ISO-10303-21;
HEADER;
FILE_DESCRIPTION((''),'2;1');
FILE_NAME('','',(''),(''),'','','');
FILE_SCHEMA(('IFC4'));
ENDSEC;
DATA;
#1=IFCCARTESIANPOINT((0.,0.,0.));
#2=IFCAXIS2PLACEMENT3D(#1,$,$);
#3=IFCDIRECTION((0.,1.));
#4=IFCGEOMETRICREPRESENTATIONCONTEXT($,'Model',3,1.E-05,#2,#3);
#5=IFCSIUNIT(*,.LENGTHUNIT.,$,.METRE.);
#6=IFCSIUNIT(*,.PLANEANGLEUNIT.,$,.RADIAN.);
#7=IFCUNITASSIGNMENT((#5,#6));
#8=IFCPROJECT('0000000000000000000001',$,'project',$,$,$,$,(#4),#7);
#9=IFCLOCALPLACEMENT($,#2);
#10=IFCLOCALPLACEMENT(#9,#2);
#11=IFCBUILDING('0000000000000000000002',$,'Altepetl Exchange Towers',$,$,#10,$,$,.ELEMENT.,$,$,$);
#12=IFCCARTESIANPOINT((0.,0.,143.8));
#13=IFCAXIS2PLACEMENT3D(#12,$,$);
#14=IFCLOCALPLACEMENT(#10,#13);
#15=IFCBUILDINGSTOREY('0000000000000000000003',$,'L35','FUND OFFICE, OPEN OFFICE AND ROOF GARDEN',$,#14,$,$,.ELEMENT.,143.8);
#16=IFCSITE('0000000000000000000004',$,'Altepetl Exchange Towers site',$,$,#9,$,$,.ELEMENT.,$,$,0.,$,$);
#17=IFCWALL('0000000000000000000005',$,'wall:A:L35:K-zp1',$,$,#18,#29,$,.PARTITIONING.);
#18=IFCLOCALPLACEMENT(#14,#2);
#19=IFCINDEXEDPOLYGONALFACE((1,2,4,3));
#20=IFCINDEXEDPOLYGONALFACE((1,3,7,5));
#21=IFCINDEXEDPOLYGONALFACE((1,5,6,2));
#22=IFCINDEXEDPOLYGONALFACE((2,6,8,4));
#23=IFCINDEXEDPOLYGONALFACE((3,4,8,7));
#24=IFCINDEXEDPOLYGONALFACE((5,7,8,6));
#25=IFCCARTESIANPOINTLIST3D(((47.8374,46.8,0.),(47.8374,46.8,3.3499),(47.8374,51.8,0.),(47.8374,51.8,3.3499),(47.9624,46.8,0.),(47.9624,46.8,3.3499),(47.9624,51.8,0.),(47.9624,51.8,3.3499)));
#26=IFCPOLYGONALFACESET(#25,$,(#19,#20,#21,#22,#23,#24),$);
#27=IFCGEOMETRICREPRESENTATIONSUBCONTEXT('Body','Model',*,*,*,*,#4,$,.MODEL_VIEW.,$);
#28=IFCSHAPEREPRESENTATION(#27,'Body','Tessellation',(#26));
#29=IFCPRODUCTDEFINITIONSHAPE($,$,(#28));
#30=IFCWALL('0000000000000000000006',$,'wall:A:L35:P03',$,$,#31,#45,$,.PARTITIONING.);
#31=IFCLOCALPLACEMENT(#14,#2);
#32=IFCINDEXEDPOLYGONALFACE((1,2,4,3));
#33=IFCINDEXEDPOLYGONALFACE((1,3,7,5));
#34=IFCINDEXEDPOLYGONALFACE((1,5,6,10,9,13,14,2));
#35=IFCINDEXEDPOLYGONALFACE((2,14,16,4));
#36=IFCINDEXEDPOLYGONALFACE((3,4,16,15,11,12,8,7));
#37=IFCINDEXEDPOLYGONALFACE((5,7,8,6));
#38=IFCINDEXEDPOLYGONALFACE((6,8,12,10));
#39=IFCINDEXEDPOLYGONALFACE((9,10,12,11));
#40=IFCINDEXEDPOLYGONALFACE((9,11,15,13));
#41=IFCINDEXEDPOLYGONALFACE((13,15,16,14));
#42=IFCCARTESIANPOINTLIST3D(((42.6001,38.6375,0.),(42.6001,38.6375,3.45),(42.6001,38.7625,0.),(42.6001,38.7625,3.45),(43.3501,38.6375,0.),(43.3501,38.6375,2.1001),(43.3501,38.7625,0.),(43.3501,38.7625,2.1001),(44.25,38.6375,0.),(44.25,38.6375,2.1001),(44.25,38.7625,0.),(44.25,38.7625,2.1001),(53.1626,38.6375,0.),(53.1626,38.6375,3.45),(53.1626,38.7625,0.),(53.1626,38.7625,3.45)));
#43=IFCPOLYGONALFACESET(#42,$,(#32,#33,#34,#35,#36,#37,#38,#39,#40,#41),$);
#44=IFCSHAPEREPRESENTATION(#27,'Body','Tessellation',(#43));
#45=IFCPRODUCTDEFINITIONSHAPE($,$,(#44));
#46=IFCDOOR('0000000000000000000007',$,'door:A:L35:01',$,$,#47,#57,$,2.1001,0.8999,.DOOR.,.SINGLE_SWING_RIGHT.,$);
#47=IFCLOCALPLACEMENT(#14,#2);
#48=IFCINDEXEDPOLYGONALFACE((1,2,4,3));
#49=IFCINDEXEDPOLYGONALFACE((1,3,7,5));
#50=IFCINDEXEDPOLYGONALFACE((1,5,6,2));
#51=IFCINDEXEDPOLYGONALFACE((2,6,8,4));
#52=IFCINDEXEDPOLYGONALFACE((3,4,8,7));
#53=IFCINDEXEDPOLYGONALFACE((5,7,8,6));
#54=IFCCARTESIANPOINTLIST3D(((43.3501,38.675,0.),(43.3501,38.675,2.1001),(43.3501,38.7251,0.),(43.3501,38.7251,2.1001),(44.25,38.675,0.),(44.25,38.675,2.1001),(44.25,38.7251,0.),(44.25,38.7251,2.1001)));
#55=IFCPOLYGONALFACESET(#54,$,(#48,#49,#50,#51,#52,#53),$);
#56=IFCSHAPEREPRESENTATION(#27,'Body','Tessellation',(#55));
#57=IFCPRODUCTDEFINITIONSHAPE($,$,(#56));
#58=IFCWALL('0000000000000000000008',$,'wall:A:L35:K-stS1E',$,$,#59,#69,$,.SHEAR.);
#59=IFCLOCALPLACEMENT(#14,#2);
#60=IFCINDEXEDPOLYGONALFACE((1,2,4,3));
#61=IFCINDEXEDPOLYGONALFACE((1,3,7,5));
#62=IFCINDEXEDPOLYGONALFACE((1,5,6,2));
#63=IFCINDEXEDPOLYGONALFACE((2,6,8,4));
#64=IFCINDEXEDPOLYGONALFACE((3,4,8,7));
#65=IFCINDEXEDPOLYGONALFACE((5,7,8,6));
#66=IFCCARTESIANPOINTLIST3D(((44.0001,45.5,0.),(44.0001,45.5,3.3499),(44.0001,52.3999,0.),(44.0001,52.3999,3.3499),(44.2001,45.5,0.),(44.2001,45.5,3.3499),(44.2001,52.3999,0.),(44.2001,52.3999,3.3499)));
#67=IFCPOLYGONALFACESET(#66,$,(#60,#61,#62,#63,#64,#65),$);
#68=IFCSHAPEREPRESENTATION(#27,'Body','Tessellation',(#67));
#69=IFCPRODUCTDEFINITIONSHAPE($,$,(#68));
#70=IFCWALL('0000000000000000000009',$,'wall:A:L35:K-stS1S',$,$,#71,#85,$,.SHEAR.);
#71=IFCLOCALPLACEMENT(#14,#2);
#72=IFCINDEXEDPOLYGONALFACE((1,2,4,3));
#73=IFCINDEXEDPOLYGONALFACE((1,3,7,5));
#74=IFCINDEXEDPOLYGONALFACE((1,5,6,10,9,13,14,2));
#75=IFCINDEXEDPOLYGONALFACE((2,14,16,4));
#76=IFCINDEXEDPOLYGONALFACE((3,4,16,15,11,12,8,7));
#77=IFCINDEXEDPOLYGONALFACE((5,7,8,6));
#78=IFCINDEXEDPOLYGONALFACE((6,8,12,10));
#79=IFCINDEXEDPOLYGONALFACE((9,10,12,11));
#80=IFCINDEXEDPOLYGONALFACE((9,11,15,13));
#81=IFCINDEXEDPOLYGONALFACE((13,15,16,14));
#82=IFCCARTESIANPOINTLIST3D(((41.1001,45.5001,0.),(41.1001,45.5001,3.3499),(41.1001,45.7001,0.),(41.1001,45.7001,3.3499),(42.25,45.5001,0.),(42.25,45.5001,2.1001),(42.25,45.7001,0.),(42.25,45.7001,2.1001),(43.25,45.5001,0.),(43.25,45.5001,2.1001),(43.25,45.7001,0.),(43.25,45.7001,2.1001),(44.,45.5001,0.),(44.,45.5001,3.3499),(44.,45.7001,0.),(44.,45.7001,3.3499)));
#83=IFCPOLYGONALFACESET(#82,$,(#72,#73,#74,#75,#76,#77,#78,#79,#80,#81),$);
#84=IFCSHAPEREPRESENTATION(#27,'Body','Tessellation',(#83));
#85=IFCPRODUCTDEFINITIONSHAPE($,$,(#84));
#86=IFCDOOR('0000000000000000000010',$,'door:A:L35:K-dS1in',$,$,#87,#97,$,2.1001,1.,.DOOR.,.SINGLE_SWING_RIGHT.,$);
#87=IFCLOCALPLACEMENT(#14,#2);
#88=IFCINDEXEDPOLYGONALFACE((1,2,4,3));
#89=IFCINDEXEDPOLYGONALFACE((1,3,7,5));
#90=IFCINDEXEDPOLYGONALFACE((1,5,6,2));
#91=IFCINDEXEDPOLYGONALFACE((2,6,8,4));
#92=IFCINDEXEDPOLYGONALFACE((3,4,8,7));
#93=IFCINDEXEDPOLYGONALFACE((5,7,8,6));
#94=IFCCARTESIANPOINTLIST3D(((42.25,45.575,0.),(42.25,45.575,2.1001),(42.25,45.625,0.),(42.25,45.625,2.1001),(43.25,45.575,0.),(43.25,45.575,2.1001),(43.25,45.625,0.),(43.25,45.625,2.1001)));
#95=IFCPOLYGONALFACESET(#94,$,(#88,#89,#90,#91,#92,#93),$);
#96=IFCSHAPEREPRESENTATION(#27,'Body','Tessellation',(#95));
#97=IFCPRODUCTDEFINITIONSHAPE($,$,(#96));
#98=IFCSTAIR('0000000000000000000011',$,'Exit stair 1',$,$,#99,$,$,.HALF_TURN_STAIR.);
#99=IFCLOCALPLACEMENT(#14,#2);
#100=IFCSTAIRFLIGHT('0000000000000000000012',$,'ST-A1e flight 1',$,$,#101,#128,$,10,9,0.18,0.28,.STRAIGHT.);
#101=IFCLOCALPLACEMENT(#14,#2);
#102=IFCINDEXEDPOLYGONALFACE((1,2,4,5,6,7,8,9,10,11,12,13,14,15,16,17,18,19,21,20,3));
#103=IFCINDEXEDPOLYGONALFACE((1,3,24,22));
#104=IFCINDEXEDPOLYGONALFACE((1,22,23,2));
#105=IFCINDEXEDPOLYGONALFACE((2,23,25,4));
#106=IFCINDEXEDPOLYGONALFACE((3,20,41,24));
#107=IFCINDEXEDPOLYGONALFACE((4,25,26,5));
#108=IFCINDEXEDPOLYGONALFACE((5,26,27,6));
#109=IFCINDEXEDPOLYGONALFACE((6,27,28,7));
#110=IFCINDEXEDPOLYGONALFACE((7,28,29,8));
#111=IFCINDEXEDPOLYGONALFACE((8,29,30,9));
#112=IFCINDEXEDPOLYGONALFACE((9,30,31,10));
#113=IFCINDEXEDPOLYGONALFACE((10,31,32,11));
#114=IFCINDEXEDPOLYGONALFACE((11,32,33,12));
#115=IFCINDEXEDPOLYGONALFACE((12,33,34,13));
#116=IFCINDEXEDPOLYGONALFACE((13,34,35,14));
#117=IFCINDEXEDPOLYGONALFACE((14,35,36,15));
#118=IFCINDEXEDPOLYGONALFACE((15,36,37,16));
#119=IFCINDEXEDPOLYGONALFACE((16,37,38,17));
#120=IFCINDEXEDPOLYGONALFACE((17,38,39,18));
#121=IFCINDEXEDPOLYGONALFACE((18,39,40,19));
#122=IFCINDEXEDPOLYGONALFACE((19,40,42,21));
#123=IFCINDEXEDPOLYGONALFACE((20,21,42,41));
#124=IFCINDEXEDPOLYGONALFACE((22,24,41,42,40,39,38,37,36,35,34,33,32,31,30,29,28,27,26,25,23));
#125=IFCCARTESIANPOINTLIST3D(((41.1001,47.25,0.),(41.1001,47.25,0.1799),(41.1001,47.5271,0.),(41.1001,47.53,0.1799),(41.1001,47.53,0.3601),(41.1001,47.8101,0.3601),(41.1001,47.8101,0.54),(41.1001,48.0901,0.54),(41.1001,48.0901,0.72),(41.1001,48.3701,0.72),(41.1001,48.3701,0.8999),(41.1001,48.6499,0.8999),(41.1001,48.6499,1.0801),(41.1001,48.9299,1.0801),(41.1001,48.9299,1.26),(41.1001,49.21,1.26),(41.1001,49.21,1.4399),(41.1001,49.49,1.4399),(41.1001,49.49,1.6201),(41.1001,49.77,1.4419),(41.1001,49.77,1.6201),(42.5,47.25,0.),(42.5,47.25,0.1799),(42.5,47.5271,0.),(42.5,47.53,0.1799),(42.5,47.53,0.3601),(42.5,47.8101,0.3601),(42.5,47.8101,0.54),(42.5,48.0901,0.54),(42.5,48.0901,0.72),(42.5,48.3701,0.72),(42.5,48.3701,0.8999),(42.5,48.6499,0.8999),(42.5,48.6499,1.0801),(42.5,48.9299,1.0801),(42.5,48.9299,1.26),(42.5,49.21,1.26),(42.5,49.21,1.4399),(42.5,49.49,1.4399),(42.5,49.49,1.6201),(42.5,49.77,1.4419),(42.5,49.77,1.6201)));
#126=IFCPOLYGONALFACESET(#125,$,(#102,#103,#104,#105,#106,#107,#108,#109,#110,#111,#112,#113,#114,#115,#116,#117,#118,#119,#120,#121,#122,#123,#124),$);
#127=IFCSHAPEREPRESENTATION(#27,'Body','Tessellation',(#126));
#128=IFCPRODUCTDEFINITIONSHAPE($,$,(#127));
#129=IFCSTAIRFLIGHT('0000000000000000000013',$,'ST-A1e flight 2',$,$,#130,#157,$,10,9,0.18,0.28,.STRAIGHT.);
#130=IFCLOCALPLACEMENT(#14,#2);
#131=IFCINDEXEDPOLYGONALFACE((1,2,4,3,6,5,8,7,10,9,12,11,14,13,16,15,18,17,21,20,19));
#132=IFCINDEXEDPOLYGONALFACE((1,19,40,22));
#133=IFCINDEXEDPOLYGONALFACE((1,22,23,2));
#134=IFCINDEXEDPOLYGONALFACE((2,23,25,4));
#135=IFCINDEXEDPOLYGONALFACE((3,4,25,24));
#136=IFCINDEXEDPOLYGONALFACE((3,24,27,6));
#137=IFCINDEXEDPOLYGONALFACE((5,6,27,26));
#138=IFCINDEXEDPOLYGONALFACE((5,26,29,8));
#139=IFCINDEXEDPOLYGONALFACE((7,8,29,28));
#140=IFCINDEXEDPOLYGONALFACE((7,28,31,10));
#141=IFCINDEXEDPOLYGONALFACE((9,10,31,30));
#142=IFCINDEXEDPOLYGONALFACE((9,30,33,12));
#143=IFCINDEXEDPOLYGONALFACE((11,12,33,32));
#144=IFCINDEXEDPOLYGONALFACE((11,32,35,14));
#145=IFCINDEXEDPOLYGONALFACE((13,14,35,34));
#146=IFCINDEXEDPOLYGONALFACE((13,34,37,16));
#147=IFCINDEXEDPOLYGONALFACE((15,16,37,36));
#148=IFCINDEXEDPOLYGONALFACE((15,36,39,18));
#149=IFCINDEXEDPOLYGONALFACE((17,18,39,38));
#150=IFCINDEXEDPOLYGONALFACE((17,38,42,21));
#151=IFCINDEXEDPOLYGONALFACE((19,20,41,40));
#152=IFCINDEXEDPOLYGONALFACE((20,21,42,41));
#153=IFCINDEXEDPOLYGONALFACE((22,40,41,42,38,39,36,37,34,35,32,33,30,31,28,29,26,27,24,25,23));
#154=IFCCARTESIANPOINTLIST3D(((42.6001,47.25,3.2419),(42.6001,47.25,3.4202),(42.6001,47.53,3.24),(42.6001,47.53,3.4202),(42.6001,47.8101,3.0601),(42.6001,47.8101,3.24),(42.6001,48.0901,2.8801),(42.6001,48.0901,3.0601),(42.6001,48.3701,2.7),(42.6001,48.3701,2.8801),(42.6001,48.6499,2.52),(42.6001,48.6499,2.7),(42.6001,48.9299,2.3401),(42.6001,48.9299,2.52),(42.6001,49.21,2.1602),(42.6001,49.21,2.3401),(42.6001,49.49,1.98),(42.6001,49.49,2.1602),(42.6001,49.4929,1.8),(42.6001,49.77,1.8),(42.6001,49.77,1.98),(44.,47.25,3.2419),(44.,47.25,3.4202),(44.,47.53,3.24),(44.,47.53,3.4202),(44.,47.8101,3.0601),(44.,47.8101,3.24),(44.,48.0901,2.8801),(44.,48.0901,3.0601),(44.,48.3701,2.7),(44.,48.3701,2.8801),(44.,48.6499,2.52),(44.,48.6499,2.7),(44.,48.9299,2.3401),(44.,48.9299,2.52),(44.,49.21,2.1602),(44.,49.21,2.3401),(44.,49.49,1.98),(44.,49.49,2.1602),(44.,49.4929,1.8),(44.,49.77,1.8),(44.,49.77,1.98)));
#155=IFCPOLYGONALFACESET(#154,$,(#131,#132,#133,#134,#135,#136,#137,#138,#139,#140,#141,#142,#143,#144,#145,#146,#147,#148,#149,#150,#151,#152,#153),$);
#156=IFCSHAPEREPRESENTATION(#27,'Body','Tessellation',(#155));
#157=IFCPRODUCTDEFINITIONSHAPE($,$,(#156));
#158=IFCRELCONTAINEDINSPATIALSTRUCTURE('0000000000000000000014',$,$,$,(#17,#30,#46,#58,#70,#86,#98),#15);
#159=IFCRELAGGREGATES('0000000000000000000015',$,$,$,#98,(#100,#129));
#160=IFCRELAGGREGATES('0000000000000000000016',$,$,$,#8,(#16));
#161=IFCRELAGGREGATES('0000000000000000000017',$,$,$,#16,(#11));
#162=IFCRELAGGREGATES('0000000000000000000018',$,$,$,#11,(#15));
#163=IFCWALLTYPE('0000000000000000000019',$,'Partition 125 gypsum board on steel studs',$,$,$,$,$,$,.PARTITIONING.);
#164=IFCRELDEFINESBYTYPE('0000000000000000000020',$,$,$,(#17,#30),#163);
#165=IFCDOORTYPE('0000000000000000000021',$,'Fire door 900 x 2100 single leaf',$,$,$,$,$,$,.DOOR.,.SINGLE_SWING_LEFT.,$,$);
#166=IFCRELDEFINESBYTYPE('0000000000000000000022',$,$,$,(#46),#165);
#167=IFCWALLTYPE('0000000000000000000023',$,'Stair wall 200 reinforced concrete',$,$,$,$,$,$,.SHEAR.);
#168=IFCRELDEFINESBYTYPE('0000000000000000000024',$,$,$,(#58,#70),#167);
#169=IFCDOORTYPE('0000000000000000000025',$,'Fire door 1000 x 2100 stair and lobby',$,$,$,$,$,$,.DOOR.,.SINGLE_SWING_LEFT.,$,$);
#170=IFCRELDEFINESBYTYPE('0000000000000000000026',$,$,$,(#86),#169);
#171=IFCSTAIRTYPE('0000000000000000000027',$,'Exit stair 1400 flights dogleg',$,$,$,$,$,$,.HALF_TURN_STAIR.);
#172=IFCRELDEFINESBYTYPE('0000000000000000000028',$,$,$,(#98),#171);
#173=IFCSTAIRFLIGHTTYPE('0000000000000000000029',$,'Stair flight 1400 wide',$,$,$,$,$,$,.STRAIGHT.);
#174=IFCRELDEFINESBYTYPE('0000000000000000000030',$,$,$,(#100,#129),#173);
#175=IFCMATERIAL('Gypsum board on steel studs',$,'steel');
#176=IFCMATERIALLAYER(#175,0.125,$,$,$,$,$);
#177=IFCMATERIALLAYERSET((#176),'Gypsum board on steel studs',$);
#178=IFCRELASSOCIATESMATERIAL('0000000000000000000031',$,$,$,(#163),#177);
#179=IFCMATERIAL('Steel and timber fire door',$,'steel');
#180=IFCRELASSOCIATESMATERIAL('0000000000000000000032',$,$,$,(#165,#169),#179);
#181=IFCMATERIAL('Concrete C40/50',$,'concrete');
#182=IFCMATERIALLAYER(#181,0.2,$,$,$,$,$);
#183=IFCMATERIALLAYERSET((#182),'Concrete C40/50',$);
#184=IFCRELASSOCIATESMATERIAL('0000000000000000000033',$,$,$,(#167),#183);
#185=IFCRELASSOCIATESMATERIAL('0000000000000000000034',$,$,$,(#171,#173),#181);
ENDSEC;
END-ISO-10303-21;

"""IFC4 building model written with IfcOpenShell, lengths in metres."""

from ifc_helpers import new_model, si_unit, direction, frame, frame_2d, origin, place, context, subcontext, project, spatial, polyline, rectangle, outline, extrude, material, layer, layer_set, type_object, element, fill, aggregate, save


model = new_model("IFC4")

# Units and contexts
model_context = context("Model", 3, precision=1e-05, world=origin(), true_north=direction((0.0, 1.0)))
body_context = subcontext(model_context, "Body", "Model", "MODEL_VIEW")
ifc_project = project(units=[si_unit("LENGTHUNIT", "METRE"), si_unit("PLANEANGLEUNIT", "RADIAN")], contexts=[model_context])

# Site, building, storey
site_placement = place(None, origin())
site = spatial("IfcSite", under=ifc_project, at=site_placement, Name="Altepetl Exchange Towers site", CompositionType="ELEMENT", RefElevation=0.0)
building_placement = place(site_placement, origin())
building = spatial("IfcBuilding", under=site, at=building_placement, Name="Altepetl Exchange Towers", CompositionType="ELEMENT")
storey_placement = place(building_placement, frame((0.0, 0.0, 143.8)))
storey = spatial("IfcBuildingStorey", under=building, at=storey_placement, Name="L35", Description="FUND OFFICE, OPEN OFFICE AND ROOF GARDEN", CompositionType="ELEMENT", Elevation=143.8)

# Shared definitions
ifc_material_1 = material(Name="Steel and timber fire door", Category="steel")

# Wall
ifc_material_2 = material(Name="Gypsum board on steel studs", Category="steel")
ifc_layer_1 = layer(ifc_material_2, 0.125)
ifc_layer_set_1 = layer_set([ifc_layer_1], Name="Gypsum board on steel studs")
wall_type_1 = type_object("IfcWallType", Name="Partition 125 gypsum board on steel studs", PredefinedType="PARTITIONING", material=ifc_layer_set_1)
wall_1_placement = place(storey_placement, frame((47.8999, 46.8, 0.0), z_axis=(0.0, 0.0, 1.0), x_axis=(0.0, 1.0, 0.0)))
element("IfcWall", 1, at=wall_1_placement, inside=storey, type_object=wall_type_1, Name="wall:A:L35:K-zp1", PredefinedType="PARTITIONING", context=body_context, shape_type="SweptSolid", body=[
    extrude(rectangle(XDim=5.0, YDim=0.125, at=frame_2d((2.5, 0.0))), origin(), (0.0, 0.0, 1.0), 3.3499),
])

# Wall, opening, door
wall_2_placement = place(storey_placement, frame((42.6001, 38.7, 0.0)))
wall_2 = element("IfcWall", 2, at=wall_2_placement, inside=storey, type_object=wall_type_1, Name="wall:A:L35:P03", PredefinedType="PARTITIONING", context=body_context, shape_type="SweptSolid", body=[
    extrude(rectangle(XDim=10.5625, YDim=0.125, at=frame_2d((5.2812, 0.0))), origin(), (0.0, 0.0, 1.0), 3.45),
])
opening_1_placement = place(wall_2_placement, frame((0.75, 0.0, 0.0)))
opening_1 = element("IfcOpeningElement", 3, at=opening_1_placement, cuts=wall_2, PredefinedType="OPENING", context=body_context, shape_type="SweptSolid", body=[
    extrude(rectangle(XDim=0.8999, YDim=2.1001, at=frame_2d((0.45, 1.05))), frame((0.0, 0.0725, 0.0), z_axis=(0.0, -1.0, 0.0), x_axis=(1.0, 0.0, 0.0)), (0.0, 0.0, 1.0), 0.145),
])
door_type_1 = type_object("IfcDoorType", Name="Fire door 900 x 2100 single leaf", OperationType="SINGLE_SWING_LEFT", PredefinedType="DOOR", material=ifc_material_1)
door_1_placement = place(opening_1_placement, frame((0.8999, 0.0, 0.0), x_axis=(-1.0, 0.0, 0.0)))
door_1 = element("IfcDoor", 4, at=door_1_placement, inside=storey, type_object=door_type_1, Name="door:A:L35:01", OperationType="SINGLE_SWING_RIGHT", OverallHeight=2.1001, OverallWidth=0.8999, PredefinedType="DOOR", context=body_context, shape_type="SweptSolid", body=[
    extrude(rectangle(XDim=0.8999, YDim=2.1001, at=frame_2d((0.45, 1.05))), frame((0.0, 0.0249, 0.0), z_axis=(0.0, -1.0, 0.0), x_axis=(1.0, 0.0, 0.0)), (0.0, 0.0, 1.0), 0.05),
])
fill(opening_1, door_1)

# Wall
ifc_material_3 = material(Name="Concrete C40/50", Category="concrete")
ifc_layer_2 = layer(ifc_material_3, 0.2)
ifc_layer_set_2 = layer_set([ifc_layer_2], Name="Concrete C40/50")
wall_type_2 = type_object("IfcWallType", Name="Stair wall 200 reinforced concrete", PredefinedType="SHEAR", material=ifc_layer_set_2)
wall_3_placement = place(storey_placement, frame((44.1001, 45.5, 0.0), z_axis=(0.0, 0.0, 1.0), x_axis=(0.0, 1.0, 0.0)))
element("IfcWall", 5, at=wall_3_placement, inside=storey, type_object=wall_type_2, Name="wall:A:L35:K-stS1E", PredefinedType="SHEAR", context=body_context, shape_type="SweptSolid", body=[
    extrude(rectangle(XDim=6.8999, YDim=0.2, at=frame_2d((3.45, 0.0))), origin(), (0.0, 0.0, 1.0), 3.3499),
])

# Wall, opening, door
wall_4_placement = place(storey_placement, frame((41.1001, 45.6001, 0.0)))
wall_4 = element("IfcWall", 6, at=wall_4_placement, inside=storey, type_object=wall_type_2, Name="wall:A:L35:K-stS1S", PredefinedType="SHEAR", context=body_context, shape_type="SweptSolid", body=[
    extrude(rectangle(XDim=2.8999, YDim=0.2, at=frame_2d((1.45, 0.0))), origin(), (0.0, 0.0, 1.0), 3.3499),
])
opening_2_placement = place(wall_4_placement, frame((1.1499, 0.0, 0.0)))
opening_2 = element("IfcOpeningElement", 7, at=opening_2_placement, cuts=wall_4, PredefinedType="OPENING", context=body_context, shape_type="SweptSolid", body=[
    extrude(rectangle(XDim=1.0, YDim=2.1001, at=frame_2d((0.5, 1.05))), frame((0.0, 0.1099, 0.0), z_axis=(0.0, -1.0, 0.0), x_axis=(1.0, 0.0, 0.0)), (0.0, 0.0, 1.0), 0.22),
])
door_type_2 = type_object("IfcDoorType", Name="Fire door 1000 x 2100 stair and lobby", OperationType="SINGLE_SWING_LEFT", PredefinedType="DOOR", material=ifc_material_1)
door_2_placement = place(opening_2_placement, origin())
door_2 = element("IfcDoor", 8, at=door_2_placement, inside=storey, type_object=door_type_2, Name="door:A:L35:K-dS1in", OperationType="SINGLE_SWING_RIGHT", OverallHeight=2.1001, OverallWidth=1.0, PredefinedType="DOOR", context=body_context, shape_type="SweptSolid", body=[
    extrude(rectangle(XDim=1.0, YDim=2.1001, at=frame_2d((0.5, 1.05))), frame((0.0, 0.0249, 0.0), z_axis=(0.0, -1.0, 0.0), x_axis=(1.0, 0.0, 0.0)), (0.0, 0.0, 1.0), 0.05),
])
fill(opening_2, door_2)

# Stair, stair flights
stair_type = type_object("IfcStairType", Name="Exit stair 1400 flights dogleg", PredefinedType="HALF_TURN_STAIR", material=ifc_material_3)
stair_placement = place(storey_placement, origin())
stair = element("IfcStair", 9, at=stair_placement, inside=storey, type_object=stair_type, Name="Exit stair 1", PredefinedType="HALF_TURN_STAIR")
stair_flight_type = type_object("IfcStairFlightType", Name="Stair flight 1400 wide", PredefinedType="STRAIGHT", material=ifc_material_3)
stair_flight_1_placement = place(storey_placement, frame((41.8, 47.25, 0.0), z_axis=(0.0, 0.0, 1.0), x_axis=(0.0, 1.0, 0.0)))
stair_flight_1 = element("IfcStairFlight", 10, at=stair_flight_1_placement, type_object=stair_flight_type, Name="ST-A1e flight 1", NumberOfRisers=10, NumberOfTreads=9, PredefinedType="STRAIGHT", RiserHeight=0.18, TreadLength=0.28, context=body_context, shape_type="SweptSolid", body=[
    extrude(outline(polyline([(0.0, 0.0), (0.0, 0.1799), (0.28, 0.1799), (0.28, 0.3601), (0.5601, 0.3601), (0.5601, 0.54), (0.8401, 0.54), (0.8401, 0.72), (1.1201, 0.72), (1.1201, 0.8999), (1.3999, 0.8999), (1.3999, 1.0801), (1.6799, 1.0801), (1.6799, 1.26), (1.96, 1.26), (1.96, 1.4399), (2.24, 1.4399), (2.24, 1.6201), (2.52, 1.6201), (2.52, 1.8), (2.52, 1.4419), (0.2771, 0.0), (0.0, 0.0)])), frame((0.0, 0.7, 0.0), z_axis=(0.0, -1.0, 0.0), x_axis=(1.0, 0.0, 0.0)), (0.0, 0.0, 1.0), 1.3999),
])
stair_flight_2_placement = place(storey_placement, frame((43.3, 49.77, 1.8), z_axis=(0.0, 0.0, 1.0), x_axis=(0.0, -1.0, 0.0)))
stair_flight_2 = element("IfcStairFlight", 11, at=stair_flight_2_placement, type_object=stair_flight_type, Name="ST-A1e flight 2", NumberOfRisers=10, NumberOfTreads=9, PredefinedType="STRAIGHT", RiserHeight=0.18, TreadLength=0.28, context=body_context, shape_type="SweptSolid", body=[
    extrude(outline(polyline([(0.0, 0.0), (0.0, 0.1799), (0.28, 0.1799), (0.28, 0.3601), (0.5601, 0.3601), (0.5601, 0.54), (0.8401, 0.54), (0.8401, 0.72), (1.1201, 0.72), (1.1201, 0.8999), (1.3999, 0.8999), (1.3999, 1.0801), (1.6799, 1.0801), (1.6799, 1.26), (1.96, 1.26), (1.96, 1.4399), (2.24, 1.4399), (2.24, 1.6201), (2.52, 1.6201), (2.52, 1.8), (2.52, 1.4419), (0.2771, 0.0), (0.0, 0.0)])), frame((0.0, 0.7, 0.0), z_axis=(0.0, -1.0, 0.0), x_axis=(1.0, 0.0, 0.0)), (0.0, 0.0, 1.0), 1.3999),
])
aggregate(stair, [stair_flight_1, stair_flight_2])

save(model, "model.ifc")
